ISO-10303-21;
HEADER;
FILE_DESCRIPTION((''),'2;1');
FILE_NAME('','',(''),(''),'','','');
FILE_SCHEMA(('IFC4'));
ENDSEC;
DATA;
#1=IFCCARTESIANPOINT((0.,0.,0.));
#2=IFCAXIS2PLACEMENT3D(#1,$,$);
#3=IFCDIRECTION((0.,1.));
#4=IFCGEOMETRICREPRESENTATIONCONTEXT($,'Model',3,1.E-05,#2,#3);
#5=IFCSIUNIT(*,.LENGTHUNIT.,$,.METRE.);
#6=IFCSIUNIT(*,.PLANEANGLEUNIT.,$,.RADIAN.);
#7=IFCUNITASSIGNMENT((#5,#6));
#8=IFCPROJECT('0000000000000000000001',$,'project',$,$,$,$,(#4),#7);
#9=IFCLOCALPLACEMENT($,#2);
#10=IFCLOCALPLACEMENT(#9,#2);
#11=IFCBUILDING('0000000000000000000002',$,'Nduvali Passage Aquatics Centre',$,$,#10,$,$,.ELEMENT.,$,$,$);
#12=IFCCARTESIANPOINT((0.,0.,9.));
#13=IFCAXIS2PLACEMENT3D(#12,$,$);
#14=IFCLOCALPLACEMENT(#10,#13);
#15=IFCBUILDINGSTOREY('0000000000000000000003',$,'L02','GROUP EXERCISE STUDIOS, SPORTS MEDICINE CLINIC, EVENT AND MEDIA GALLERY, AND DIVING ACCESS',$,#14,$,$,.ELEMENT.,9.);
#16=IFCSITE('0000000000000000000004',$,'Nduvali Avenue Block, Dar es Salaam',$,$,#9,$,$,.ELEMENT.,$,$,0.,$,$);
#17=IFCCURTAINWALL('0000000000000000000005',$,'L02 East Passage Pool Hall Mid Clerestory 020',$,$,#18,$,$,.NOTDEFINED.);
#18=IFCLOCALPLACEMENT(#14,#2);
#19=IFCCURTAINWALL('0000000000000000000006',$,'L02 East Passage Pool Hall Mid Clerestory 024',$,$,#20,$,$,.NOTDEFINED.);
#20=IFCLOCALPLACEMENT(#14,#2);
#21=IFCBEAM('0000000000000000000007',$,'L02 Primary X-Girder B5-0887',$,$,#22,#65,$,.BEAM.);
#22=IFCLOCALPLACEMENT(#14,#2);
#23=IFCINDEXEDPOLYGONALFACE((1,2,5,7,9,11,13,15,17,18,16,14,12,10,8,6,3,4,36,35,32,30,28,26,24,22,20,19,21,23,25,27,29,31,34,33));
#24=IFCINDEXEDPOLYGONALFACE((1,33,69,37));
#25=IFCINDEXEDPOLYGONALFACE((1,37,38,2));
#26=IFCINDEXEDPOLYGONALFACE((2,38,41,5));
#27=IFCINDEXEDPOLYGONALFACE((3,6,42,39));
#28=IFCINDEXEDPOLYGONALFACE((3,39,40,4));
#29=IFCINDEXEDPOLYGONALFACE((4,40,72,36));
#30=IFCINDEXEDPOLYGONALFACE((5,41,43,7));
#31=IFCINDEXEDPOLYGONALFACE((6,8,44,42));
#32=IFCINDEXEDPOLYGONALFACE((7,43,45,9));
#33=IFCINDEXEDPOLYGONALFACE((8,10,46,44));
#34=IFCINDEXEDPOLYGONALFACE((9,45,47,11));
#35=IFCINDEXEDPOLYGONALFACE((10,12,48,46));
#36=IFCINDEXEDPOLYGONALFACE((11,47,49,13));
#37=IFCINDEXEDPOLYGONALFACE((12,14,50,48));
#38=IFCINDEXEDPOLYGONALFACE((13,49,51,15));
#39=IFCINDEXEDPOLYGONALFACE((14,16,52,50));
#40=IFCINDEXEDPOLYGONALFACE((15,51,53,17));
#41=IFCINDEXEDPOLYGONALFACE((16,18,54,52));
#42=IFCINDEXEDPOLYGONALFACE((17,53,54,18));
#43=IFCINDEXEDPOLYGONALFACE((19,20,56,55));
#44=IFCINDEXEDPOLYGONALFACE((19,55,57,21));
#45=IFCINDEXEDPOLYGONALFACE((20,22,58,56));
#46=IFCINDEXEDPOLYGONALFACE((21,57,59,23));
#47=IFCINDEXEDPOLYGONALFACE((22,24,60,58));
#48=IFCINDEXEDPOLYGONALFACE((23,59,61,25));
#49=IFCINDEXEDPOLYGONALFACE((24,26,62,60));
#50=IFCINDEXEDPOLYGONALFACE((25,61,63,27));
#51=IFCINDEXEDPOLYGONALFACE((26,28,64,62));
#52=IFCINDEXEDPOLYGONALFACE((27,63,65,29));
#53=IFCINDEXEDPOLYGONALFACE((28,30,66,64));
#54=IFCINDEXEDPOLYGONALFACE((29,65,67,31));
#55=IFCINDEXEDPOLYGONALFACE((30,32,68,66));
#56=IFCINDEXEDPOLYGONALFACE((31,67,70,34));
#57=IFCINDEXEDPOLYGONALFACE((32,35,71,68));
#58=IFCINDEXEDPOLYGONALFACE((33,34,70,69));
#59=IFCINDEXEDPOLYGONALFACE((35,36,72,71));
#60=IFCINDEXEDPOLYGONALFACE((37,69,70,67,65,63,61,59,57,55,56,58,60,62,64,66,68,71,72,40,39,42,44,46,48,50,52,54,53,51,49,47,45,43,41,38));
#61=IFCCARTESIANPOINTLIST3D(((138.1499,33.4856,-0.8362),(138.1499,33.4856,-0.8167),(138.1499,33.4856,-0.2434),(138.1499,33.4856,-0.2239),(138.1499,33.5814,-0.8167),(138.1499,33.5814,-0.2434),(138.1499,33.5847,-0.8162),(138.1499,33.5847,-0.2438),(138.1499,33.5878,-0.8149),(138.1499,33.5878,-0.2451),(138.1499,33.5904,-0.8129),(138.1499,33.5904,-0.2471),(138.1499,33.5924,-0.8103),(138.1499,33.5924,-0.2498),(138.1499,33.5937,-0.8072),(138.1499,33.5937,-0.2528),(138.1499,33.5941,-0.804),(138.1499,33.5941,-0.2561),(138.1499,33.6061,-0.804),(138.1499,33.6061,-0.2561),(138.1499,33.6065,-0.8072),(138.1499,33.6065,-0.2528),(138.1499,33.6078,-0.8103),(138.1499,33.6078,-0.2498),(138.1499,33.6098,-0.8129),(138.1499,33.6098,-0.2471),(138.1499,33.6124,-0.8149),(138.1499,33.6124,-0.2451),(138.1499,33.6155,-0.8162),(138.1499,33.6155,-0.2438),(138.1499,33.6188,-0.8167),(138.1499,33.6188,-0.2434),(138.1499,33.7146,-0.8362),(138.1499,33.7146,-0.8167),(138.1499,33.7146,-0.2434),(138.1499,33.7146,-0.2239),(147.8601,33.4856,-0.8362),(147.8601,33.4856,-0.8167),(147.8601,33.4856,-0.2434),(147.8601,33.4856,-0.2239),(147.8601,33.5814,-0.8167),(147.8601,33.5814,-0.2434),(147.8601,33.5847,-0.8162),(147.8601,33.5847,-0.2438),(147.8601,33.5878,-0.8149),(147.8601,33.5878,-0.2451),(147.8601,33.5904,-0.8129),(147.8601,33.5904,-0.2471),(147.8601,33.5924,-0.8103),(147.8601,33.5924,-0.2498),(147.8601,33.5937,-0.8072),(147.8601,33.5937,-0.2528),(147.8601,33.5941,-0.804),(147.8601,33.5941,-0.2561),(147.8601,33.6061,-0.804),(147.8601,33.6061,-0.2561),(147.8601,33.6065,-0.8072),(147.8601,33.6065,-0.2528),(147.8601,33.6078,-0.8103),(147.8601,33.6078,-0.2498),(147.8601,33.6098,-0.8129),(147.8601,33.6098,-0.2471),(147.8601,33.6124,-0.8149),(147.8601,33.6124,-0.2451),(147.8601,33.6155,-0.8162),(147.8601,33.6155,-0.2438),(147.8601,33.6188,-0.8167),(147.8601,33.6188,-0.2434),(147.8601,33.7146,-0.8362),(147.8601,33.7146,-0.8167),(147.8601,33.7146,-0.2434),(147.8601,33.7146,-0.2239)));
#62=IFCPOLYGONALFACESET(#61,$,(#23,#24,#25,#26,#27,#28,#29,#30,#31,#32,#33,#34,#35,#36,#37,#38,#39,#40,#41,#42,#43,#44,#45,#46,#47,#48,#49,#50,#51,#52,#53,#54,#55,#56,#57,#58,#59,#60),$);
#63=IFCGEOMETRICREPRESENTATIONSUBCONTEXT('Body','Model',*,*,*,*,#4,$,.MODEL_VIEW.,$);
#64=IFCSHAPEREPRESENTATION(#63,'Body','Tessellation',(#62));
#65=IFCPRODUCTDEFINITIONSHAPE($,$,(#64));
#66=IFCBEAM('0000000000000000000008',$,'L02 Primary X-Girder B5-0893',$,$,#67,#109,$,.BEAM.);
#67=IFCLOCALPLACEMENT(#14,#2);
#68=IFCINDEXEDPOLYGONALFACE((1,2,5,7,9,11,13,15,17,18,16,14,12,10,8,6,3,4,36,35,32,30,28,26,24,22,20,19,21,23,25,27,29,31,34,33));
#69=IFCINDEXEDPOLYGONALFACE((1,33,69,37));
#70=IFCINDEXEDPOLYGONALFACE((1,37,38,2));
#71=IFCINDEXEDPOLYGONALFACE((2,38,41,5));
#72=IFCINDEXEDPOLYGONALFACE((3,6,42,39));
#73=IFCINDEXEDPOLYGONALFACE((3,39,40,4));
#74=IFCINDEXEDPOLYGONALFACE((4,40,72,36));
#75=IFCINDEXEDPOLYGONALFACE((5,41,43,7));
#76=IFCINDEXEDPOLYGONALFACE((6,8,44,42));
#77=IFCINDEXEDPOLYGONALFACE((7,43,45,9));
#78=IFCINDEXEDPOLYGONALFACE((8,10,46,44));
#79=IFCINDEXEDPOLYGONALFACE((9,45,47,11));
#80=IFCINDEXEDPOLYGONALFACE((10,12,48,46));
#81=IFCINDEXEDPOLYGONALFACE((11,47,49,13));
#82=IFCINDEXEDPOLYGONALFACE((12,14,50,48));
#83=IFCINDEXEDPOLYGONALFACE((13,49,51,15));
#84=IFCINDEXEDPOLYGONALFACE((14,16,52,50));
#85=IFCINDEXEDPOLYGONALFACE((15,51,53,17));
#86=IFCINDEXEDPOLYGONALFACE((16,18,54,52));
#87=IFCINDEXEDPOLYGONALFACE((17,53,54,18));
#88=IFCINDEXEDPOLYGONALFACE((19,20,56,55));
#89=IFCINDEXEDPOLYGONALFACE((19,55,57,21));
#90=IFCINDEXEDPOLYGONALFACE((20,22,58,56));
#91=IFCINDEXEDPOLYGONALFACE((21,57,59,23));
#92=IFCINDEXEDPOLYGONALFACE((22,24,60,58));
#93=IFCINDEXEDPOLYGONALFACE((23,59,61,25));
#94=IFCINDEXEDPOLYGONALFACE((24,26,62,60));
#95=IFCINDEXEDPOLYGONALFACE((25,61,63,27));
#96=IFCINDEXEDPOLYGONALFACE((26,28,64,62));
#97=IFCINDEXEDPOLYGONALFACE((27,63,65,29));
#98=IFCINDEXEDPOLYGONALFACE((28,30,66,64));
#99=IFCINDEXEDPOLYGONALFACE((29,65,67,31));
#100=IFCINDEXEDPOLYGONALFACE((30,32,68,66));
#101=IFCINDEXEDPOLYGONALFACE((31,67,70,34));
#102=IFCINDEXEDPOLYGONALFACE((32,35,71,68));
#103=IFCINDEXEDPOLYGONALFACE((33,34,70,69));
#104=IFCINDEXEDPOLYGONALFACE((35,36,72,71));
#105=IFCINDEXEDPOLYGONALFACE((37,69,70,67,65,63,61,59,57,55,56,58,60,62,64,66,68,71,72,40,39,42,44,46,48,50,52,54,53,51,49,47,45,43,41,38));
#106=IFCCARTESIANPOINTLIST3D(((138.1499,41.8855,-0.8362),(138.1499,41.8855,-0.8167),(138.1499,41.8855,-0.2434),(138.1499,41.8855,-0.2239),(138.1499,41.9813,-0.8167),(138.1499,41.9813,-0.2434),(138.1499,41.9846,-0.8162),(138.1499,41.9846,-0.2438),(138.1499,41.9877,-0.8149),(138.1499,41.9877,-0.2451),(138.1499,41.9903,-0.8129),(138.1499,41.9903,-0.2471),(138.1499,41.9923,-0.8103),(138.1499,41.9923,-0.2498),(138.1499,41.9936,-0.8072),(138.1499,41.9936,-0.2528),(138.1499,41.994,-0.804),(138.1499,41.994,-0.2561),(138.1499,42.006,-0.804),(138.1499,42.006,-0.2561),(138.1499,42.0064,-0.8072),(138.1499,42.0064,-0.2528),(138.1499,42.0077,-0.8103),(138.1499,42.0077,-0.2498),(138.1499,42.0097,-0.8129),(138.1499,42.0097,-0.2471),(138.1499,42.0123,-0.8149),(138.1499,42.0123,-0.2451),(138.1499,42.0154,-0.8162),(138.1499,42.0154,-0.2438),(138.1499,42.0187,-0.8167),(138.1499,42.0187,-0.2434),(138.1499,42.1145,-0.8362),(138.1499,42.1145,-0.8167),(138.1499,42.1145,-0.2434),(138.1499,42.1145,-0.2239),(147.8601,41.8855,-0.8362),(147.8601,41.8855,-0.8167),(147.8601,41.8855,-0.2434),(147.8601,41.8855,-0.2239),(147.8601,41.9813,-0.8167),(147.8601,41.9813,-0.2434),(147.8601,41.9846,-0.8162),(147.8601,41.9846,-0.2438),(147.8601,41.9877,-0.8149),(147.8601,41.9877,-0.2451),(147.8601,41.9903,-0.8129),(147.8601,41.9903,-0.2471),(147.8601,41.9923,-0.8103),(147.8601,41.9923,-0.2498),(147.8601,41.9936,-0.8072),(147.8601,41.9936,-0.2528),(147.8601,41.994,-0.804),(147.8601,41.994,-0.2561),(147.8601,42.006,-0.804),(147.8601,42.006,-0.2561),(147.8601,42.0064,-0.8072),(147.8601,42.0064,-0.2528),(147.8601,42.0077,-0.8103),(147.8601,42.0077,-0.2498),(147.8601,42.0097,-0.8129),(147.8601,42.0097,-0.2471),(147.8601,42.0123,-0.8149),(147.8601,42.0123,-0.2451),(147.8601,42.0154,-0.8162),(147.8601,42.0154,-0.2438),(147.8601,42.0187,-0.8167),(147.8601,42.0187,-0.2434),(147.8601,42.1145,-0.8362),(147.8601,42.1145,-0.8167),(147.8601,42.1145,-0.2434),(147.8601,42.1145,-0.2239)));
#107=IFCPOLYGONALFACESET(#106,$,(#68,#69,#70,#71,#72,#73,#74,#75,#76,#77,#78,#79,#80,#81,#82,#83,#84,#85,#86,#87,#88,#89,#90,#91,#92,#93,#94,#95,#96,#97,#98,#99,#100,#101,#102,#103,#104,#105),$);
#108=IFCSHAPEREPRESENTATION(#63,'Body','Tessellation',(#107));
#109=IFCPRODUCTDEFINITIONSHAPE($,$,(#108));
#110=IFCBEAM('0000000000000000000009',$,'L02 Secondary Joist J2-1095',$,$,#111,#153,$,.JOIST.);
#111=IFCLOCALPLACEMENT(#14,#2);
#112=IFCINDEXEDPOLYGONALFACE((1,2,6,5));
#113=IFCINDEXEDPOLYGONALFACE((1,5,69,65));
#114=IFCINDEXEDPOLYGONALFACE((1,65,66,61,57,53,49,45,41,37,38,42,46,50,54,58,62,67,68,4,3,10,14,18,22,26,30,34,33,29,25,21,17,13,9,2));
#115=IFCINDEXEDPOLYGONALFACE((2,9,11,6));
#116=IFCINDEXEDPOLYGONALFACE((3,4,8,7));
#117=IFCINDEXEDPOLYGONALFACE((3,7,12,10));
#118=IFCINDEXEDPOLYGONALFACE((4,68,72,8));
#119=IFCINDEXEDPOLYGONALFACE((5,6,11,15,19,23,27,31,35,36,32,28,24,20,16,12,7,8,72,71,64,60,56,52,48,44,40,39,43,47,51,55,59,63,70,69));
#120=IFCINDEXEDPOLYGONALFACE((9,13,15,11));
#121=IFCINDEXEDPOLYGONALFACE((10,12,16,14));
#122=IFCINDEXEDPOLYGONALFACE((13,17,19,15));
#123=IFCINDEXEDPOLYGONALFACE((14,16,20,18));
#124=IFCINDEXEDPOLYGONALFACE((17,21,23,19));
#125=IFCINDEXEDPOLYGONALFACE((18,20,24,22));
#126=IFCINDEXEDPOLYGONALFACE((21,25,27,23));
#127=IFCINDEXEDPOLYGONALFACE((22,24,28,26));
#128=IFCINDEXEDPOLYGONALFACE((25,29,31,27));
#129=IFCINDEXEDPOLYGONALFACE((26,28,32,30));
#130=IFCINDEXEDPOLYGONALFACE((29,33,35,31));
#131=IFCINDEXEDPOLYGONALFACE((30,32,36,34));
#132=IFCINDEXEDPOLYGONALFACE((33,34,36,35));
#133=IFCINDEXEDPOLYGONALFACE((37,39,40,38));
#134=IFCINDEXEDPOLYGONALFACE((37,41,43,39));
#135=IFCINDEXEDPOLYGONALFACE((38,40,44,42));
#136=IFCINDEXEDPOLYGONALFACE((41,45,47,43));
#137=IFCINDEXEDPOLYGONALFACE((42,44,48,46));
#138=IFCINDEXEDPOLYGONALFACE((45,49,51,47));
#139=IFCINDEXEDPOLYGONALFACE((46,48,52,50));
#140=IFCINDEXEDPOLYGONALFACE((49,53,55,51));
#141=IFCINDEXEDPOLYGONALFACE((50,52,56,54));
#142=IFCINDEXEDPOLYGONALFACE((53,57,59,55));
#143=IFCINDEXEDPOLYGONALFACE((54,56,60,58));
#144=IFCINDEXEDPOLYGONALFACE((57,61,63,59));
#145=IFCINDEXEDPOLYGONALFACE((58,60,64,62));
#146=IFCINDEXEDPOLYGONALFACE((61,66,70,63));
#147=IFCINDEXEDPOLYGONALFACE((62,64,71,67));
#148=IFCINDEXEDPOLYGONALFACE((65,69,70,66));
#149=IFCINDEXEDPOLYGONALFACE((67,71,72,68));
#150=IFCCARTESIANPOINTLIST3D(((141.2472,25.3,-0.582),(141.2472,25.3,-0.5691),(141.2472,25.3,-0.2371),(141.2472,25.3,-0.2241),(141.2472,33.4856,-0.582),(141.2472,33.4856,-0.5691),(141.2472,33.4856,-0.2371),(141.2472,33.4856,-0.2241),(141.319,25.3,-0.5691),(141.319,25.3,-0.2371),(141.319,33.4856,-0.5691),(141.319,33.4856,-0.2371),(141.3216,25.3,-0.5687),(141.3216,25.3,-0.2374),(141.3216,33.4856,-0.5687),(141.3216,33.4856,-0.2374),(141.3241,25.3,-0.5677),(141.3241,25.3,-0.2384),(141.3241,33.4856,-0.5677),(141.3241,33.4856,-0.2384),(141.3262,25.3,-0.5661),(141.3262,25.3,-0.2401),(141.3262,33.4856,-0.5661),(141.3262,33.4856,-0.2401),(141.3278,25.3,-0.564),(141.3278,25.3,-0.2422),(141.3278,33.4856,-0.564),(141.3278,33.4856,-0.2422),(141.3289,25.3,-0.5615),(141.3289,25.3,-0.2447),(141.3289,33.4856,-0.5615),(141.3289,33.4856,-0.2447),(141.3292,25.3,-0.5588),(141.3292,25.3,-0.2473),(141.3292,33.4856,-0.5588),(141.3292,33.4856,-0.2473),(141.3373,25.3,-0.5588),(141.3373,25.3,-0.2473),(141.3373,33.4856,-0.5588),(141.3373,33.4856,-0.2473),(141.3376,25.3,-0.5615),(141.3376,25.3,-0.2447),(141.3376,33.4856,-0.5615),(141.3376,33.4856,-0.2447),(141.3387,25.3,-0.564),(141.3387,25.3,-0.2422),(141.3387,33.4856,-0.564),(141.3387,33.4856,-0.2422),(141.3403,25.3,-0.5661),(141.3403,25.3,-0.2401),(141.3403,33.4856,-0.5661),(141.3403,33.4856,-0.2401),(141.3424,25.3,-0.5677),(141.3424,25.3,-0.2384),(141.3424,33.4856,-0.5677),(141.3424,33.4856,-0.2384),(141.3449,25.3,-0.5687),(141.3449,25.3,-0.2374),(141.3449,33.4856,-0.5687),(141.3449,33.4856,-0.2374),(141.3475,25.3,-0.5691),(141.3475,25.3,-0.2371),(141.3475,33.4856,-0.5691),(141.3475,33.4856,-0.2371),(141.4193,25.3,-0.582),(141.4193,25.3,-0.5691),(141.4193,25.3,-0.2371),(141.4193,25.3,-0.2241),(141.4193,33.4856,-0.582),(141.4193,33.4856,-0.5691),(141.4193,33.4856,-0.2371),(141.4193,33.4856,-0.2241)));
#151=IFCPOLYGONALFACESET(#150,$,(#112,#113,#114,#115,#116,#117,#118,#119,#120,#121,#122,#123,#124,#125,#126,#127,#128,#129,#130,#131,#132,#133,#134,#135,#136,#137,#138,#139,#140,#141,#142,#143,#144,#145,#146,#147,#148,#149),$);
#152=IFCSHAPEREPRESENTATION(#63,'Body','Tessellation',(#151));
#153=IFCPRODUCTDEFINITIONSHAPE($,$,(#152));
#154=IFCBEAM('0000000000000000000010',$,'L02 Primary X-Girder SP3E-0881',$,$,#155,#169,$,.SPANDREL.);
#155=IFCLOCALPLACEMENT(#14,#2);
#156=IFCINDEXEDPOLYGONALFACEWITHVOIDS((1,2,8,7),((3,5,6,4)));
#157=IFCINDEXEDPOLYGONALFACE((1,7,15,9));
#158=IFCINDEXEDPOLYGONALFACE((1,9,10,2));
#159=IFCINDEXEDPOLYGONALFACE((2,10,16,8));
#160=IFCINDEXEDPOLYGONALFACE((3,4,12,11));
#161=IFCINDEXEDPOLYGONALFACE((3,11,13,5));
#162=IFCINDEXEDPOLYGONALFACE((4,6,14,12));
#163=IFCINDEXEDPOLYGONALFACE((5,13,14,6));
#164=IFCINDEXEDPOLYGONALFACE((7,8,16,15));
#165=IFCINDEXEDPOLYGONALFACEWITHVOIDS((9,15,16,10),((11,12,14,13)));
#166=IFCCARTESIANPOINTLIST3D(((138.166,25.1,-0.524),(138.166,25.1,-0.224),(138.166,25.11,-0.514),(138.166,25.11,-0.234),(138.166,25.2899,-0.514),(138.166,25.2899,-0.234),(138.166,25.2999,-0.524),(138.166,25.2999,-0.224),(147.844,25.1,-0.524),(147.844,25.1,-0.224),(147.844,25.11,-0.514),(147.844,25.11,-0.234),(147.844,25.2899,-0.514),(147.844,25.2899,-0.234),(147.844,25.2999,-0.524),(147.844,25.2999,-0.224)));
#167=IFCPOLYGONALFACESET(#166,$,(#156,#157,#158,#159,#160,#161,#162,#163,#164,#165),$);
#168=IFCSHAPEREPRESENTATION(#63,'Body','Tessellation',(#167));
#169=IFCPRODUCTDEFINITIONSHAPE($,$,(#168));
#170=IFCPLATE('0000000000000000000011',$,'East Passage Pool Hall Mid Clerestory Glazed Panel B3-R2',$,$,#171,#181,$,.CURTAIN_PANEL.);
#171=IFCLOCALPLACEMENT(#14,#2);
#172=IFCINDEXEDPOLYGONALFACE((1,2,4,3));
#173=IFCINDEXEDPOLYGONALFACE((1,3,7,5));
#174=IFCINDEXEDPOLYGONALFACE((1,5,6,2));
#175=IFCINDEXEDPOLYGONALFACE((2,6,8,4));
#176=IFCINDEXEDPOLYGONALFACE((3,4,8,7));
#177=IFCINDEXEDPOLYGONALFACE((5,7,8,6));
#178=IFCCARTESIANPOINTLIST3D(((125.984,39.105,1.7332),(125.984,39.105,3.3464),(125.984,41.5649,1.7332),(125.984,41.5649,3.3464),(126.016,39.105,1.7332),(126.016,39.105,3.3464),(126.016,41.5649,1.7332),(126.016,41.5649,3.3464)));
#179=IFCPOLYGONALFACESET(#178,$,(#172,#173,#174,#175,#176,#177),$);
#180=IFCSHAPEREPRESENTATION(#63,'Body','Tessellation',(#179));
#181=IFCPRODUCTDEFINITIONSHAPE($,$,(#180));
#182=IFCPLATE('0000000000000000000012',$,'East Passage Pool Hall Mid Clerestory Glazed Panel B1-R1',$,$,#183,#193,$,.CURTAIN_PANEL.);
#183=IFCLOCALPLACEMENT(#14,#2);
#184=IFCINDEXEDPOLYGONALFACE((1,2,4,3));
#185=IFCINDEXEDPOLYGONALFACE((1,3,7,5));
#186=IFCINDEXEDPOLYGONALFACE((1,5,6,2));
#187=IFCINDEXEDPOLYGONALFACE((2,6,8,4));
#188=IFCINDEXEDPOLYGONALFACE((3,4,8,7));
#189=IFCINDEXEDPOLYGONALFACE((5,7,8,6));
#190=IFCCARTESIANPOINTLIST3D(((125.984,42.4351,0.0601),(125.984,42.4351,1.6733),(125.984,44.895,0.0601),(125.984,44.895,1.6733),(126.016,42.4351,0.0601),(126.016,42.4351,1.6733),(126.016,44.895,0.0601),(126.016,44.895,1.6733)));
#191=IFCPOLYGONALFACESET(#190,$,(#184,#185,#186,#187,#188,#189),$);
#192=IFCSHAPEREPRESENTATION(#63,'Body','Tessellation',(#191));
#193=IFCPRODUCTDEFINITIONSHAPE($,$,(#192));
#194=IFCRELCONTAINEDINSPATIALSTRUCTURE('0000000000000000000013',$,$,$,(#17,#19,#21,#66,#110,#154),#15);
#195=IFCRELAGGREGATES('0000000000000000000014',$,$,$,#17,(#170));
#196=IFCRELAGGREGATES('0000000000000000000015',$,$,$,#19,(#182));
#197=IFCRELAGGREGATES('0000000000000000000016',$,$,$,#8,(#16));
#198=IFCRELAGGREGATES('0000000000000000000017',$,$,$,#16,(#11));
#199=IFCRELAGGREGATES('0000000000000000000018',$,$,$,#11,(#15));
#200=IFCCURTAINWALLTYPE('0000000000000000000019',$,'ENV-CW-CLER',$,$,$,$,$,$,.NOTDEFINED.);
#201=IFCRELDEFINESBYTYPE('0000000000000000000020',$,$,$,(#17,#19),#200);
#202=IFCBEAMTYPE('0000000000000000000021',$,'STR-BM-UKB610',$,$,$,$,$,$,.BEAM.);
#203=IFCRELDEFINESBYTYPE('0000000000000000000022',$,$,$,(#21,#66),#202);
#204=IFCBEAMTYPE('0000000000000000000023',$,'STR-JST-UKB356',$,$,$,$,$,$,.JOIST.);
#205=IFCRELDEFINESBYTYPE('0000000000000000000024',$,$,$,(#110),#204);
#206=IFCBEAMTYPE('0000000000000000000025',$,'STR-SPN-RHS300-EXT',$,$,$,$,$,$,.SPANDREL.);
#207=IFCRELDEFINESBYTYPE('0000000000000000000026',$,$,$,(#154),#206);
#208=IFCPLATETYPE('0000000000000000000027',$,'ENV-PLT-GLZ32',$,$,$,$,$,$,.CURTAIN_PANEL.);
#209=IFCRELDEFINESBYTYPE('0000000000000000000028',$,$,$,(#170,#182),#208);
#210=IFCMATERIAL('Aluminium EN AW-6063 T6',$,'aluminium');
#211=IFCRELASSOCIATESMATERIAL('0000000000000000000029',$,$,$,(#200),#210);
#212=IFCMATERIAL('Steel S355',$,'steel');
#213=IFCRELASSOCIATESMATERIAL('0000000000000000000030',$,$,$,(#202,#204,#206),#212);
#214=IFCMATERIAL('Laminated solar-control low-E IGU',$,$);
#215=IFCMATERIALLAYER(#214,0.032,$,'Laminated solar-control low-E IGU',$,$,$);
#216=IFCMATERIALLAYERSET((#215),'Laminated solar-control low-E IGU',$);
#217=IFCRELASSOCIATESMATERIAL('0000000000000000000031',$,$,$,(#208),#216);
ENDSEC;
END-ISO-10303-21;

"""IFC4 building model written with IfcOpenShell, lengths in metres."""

from ifc_helpers import new_model, si_unit, direction, frame, origin, origin_2d, place, context, subcontext, project, spatial, rectangle, hollow_rectangle, i_section, extrude, material, layer, layer_set, material_profile, profile_set, type_object, element, aggregate, save


model = new_model("IFC4")

# Units and contexts
model_context = context("Model", 3, precision=1e-05, world=origin(), true_north=direction((0.0, 1.0)))
body_context = subcontext(model_context, "Body", "Model", "MODEL_VIEW")
ifc_project = project(units=[si_unit("LENGTHUNIT", "METRE"), si_unit("PLANEANGLEUNIT", "RADIAN")], contexts=[model_context])

# Site, building, storey
site_placement = place(None, origin())
site = spatial("IfcSite", under=ifc_project, at=site_placement, Name="Nduvali Avenue Block, Dar es Salaam", CompositionType="ELEMENT", RefElevation=0.0)
building_placement = place(site_placement, origin())
building = spatial("IfcBuilding", under=site, at=building_placement, Name="Nduvali Passage Aquatics Centre", CompositionType="ELEMENT")
storey_placement = place(building_placement, frame((0.0, 0.0, 9.0)))
storey = spatial("IfcBuildingStorey", under=building, at=storey_placement, Name="L02", Description="GROUP EXERCISE STUDIOS, SPORTS MEDICINE CLINIC, EVENT AND MEDIA GALLERY, AND DIVING ACCESS", CompositionType="ELEMENT", Elevation=9.0)

# Curtain wall
ifc_material_1 = material(Name="Aluminium EN AW-6063 T6", Category="aluminium")
curtain_wall_type = type_object("IfcCurtainWallType", Name="ENV-CW-CLER", PredefinedType="NOTDEFINED", material=ifc_material_1)
curtain_wall_1_placement = place(storey_placement, origin())
curtain_wall_1 = element("IfcCurtainWall", 1, at=curtain_wall_1_placement, inside=storey, type_object=curtain_wall_type, Name="L02 East Passage Pool Hall Mid Clerestory 020", PredefinedType="NOTDEFINED")

# Curtain wall
curtain_wall_2_placement = place(storey_placement, origin())
curtain_wall_2 = element("IfcCurtainWall", 2, at=curtain_wall_2_placement, inside=storey, type_object=curtain_wall_type, Name="L02 East Passage Pool Hall Mid Clerestory 024", PredefinedType="NOTDEFINED")

# Beams
ifc_material_2 = material(Name="Steel S355", Category="steel")
ifc_material_profile_1 = material_profile(ifc_material_2, i_section(OverallWidth=0.229, OverallDepth=0.6123, WebThickness=0.012, FlangeThickness=0.0195, FilletRadius=0.0127, at=origin_2d()), Name="UKB 610x229x125")
ifc_profile_set_1 = profile_set([ifc_material_profile_1], Name="Steel S355")
beam_type_1 = type_object("IfcBeamType", Name="STR-BM-UKB610", PredefinedType="BEAM", material=ifc_profile_set_1)
for number, where, z_axis, x_axis, name in (
    (3, (138.1499, 33.6001, -0.53), (1.0, 0.0, 0.0), (0.0, 1.0, 0.0), "L02 Primary X-Girder B5-0887"),
    (4, (138.1499, 42.0, -0.53), (1.0, 0.0, 0.0), (0.0, 1.0, 0.0), "L02 Primary X-Girder B5-0893"),
):
    element("IfcBeam", number, at=place(storey_placement, frame(where, z_axis=z_axis, x_axis=x_axis)), inside=storey, type_object=beam_type_1, Name=name, PredefinedType="BEAM", context=body_context, shape_type="SweptSolid", body=[
        extrude(i_section(OverallWidth=0.229, OverallDepth=0.6123, WebThickness=0.012, FlangeThickness=0.0195, FilletRadius=0.0127, at=origin_2d()), origin(), (0.0, 0.0, 1.0), 9.7102),
    ])
ifc_material_profile_2 = material_profile(ifc_material_2, i_section(OverallWidth=0.1721, OverallDepth=0.3579, WebThickness=0.0081, FlangeThickness=0.0129, FilletRadius=0.0103, at=origin_2d()), Name="UKB 356x171x57")
ifc_profile_set_2 = profile_set([ifc_material_profile_2], Name="Steel S355")
beam_type_2 = type_object("IfcBeamType", Name="STR-JST-UKB356", PredefinedType="JOIST", material=ifc_profile_set_2)
beam_1_placement = place(storey_placement, frame((141.3333, 25.3, -0.4031), z_axis=(0.0, 1.0, 0.0), x_axis=(-1.0, 0.0, 0.0)))
element("IfcBeam", 5, at=beam_1_placement, inside=storey, type_object=beam_type_2, Name="L02 Secondary Joist J2-1095", PredefinedType="JOIST", context=body_context, shape_type="SweptSolid", body=[
    extrude(i_section(OverallWidth=0.1721, OverallDepth=0.3579, WebThickness=0.0081, FlangeThickness=0.0129, FilletRadius=0.0103, at=origin_2d()), origin(), (0.0, 0.0, 1.0), 8.1855),
])
ifc_material_profile_3 = material_profile(ifc_material_2, hollow_rectangle(XDim=0.2, YDim=0.3, WallThickness=0.01, at=origin_2d()), Name="RHS 300x200x10.0")
ifc_profile_set_3 = profile_set([ifc_material_profile_3], Name="Steel S355")
beam_type_3 = type_object("IfcBeamType", Name="STR-SPN-RHS300-EXT", PredefinedType="SPANDREL", material=ifc_profile_set_3)
beam_2_placement = place(storey_placement, frame((138.166, 25.2, -0.374), z_axis=(1.0, 0.0, 0.0), x_axis=(0.0, 1.0, 0.0)))
element("IfcBeam", 6, at=beam_2_placement, inside=storey, type_object=beam_type_3, Name="L02 Primary X-Girder SP3E-0881", PredefinedType="SPANDREL", context=body_context, shape_type="SweptSolid", body=[
    extrude(hollow_rectangle(XDim=0.2, YDim=0.3, WallThickness=0.01, at=origin_2d()), origin(), (0.0, 0.0, 1.0), 9.678),
])

# Plates
ifc_material_3 = material(Name="Laminated solar-control low-E IGU")
ifc_layer_1 = layer(ifc_material_3, 0.032, Name="Laminated solar-control low-E IGU")
ifc_layer_set_1 = layer_set([ifc_layer_1], Name="Laminated solar-control low-E IGU")
plate_type_1 = type_object("IfcPlateType", Name="ENV-PLT-GLZ32", PredefinedType="CURTAIN_PANEL", material=ifc_layer_set_1)
plate_1_placement = place(storey_placement, frame((126.0, 40.335, 1.7332), z_axis=(0.0, 0.0, 1.0), x_axis=(0.0, 1.0, 0.0)))
plate_1 = element("IfcPlate", 7, at=plate_1_placement, type_object=plate_type_1, Name="East Passage Pool Hall Mid Clerestory Glazed Panel B3-R2", PredefinedType="CURTAIN_PANEL", context=body_context, shape_type="SweptSolid", body=[
    extrude(rectangle(XDim=2.46, YDim=0.032, at=origin_2d()), origin(), (0.0, 0.0, 1.0), 1.6133),
])
aggregate(curtain_wall_1, [plate_1])
plate_2_placement = place(storey_placement, frame((126.0, 43.665, 0.0601), z_axis=(0.0, 0.0, 1.0), x_axis=(0.0, 1.0, 0.0)))
plate_2 = element("IfcPlate", 8, at=plate_2_placement, type_object=plate_type_1, Name="East Passage Pool Hall Mid Clerestory Glazed Panel B1-R1", PredefinedType="CURTAIN_PANEL", context=body_context, shape_type="SweptSolid", body=[
    extrude(rectangle(XDim=2.46, YDim=0.032, at=origin_2d()), origin(), (0.0, 0.0, 1.0), 1.6133),
])
aggregate(curtain_wall_2, [plate_2])

save(model, "model.ifc")
